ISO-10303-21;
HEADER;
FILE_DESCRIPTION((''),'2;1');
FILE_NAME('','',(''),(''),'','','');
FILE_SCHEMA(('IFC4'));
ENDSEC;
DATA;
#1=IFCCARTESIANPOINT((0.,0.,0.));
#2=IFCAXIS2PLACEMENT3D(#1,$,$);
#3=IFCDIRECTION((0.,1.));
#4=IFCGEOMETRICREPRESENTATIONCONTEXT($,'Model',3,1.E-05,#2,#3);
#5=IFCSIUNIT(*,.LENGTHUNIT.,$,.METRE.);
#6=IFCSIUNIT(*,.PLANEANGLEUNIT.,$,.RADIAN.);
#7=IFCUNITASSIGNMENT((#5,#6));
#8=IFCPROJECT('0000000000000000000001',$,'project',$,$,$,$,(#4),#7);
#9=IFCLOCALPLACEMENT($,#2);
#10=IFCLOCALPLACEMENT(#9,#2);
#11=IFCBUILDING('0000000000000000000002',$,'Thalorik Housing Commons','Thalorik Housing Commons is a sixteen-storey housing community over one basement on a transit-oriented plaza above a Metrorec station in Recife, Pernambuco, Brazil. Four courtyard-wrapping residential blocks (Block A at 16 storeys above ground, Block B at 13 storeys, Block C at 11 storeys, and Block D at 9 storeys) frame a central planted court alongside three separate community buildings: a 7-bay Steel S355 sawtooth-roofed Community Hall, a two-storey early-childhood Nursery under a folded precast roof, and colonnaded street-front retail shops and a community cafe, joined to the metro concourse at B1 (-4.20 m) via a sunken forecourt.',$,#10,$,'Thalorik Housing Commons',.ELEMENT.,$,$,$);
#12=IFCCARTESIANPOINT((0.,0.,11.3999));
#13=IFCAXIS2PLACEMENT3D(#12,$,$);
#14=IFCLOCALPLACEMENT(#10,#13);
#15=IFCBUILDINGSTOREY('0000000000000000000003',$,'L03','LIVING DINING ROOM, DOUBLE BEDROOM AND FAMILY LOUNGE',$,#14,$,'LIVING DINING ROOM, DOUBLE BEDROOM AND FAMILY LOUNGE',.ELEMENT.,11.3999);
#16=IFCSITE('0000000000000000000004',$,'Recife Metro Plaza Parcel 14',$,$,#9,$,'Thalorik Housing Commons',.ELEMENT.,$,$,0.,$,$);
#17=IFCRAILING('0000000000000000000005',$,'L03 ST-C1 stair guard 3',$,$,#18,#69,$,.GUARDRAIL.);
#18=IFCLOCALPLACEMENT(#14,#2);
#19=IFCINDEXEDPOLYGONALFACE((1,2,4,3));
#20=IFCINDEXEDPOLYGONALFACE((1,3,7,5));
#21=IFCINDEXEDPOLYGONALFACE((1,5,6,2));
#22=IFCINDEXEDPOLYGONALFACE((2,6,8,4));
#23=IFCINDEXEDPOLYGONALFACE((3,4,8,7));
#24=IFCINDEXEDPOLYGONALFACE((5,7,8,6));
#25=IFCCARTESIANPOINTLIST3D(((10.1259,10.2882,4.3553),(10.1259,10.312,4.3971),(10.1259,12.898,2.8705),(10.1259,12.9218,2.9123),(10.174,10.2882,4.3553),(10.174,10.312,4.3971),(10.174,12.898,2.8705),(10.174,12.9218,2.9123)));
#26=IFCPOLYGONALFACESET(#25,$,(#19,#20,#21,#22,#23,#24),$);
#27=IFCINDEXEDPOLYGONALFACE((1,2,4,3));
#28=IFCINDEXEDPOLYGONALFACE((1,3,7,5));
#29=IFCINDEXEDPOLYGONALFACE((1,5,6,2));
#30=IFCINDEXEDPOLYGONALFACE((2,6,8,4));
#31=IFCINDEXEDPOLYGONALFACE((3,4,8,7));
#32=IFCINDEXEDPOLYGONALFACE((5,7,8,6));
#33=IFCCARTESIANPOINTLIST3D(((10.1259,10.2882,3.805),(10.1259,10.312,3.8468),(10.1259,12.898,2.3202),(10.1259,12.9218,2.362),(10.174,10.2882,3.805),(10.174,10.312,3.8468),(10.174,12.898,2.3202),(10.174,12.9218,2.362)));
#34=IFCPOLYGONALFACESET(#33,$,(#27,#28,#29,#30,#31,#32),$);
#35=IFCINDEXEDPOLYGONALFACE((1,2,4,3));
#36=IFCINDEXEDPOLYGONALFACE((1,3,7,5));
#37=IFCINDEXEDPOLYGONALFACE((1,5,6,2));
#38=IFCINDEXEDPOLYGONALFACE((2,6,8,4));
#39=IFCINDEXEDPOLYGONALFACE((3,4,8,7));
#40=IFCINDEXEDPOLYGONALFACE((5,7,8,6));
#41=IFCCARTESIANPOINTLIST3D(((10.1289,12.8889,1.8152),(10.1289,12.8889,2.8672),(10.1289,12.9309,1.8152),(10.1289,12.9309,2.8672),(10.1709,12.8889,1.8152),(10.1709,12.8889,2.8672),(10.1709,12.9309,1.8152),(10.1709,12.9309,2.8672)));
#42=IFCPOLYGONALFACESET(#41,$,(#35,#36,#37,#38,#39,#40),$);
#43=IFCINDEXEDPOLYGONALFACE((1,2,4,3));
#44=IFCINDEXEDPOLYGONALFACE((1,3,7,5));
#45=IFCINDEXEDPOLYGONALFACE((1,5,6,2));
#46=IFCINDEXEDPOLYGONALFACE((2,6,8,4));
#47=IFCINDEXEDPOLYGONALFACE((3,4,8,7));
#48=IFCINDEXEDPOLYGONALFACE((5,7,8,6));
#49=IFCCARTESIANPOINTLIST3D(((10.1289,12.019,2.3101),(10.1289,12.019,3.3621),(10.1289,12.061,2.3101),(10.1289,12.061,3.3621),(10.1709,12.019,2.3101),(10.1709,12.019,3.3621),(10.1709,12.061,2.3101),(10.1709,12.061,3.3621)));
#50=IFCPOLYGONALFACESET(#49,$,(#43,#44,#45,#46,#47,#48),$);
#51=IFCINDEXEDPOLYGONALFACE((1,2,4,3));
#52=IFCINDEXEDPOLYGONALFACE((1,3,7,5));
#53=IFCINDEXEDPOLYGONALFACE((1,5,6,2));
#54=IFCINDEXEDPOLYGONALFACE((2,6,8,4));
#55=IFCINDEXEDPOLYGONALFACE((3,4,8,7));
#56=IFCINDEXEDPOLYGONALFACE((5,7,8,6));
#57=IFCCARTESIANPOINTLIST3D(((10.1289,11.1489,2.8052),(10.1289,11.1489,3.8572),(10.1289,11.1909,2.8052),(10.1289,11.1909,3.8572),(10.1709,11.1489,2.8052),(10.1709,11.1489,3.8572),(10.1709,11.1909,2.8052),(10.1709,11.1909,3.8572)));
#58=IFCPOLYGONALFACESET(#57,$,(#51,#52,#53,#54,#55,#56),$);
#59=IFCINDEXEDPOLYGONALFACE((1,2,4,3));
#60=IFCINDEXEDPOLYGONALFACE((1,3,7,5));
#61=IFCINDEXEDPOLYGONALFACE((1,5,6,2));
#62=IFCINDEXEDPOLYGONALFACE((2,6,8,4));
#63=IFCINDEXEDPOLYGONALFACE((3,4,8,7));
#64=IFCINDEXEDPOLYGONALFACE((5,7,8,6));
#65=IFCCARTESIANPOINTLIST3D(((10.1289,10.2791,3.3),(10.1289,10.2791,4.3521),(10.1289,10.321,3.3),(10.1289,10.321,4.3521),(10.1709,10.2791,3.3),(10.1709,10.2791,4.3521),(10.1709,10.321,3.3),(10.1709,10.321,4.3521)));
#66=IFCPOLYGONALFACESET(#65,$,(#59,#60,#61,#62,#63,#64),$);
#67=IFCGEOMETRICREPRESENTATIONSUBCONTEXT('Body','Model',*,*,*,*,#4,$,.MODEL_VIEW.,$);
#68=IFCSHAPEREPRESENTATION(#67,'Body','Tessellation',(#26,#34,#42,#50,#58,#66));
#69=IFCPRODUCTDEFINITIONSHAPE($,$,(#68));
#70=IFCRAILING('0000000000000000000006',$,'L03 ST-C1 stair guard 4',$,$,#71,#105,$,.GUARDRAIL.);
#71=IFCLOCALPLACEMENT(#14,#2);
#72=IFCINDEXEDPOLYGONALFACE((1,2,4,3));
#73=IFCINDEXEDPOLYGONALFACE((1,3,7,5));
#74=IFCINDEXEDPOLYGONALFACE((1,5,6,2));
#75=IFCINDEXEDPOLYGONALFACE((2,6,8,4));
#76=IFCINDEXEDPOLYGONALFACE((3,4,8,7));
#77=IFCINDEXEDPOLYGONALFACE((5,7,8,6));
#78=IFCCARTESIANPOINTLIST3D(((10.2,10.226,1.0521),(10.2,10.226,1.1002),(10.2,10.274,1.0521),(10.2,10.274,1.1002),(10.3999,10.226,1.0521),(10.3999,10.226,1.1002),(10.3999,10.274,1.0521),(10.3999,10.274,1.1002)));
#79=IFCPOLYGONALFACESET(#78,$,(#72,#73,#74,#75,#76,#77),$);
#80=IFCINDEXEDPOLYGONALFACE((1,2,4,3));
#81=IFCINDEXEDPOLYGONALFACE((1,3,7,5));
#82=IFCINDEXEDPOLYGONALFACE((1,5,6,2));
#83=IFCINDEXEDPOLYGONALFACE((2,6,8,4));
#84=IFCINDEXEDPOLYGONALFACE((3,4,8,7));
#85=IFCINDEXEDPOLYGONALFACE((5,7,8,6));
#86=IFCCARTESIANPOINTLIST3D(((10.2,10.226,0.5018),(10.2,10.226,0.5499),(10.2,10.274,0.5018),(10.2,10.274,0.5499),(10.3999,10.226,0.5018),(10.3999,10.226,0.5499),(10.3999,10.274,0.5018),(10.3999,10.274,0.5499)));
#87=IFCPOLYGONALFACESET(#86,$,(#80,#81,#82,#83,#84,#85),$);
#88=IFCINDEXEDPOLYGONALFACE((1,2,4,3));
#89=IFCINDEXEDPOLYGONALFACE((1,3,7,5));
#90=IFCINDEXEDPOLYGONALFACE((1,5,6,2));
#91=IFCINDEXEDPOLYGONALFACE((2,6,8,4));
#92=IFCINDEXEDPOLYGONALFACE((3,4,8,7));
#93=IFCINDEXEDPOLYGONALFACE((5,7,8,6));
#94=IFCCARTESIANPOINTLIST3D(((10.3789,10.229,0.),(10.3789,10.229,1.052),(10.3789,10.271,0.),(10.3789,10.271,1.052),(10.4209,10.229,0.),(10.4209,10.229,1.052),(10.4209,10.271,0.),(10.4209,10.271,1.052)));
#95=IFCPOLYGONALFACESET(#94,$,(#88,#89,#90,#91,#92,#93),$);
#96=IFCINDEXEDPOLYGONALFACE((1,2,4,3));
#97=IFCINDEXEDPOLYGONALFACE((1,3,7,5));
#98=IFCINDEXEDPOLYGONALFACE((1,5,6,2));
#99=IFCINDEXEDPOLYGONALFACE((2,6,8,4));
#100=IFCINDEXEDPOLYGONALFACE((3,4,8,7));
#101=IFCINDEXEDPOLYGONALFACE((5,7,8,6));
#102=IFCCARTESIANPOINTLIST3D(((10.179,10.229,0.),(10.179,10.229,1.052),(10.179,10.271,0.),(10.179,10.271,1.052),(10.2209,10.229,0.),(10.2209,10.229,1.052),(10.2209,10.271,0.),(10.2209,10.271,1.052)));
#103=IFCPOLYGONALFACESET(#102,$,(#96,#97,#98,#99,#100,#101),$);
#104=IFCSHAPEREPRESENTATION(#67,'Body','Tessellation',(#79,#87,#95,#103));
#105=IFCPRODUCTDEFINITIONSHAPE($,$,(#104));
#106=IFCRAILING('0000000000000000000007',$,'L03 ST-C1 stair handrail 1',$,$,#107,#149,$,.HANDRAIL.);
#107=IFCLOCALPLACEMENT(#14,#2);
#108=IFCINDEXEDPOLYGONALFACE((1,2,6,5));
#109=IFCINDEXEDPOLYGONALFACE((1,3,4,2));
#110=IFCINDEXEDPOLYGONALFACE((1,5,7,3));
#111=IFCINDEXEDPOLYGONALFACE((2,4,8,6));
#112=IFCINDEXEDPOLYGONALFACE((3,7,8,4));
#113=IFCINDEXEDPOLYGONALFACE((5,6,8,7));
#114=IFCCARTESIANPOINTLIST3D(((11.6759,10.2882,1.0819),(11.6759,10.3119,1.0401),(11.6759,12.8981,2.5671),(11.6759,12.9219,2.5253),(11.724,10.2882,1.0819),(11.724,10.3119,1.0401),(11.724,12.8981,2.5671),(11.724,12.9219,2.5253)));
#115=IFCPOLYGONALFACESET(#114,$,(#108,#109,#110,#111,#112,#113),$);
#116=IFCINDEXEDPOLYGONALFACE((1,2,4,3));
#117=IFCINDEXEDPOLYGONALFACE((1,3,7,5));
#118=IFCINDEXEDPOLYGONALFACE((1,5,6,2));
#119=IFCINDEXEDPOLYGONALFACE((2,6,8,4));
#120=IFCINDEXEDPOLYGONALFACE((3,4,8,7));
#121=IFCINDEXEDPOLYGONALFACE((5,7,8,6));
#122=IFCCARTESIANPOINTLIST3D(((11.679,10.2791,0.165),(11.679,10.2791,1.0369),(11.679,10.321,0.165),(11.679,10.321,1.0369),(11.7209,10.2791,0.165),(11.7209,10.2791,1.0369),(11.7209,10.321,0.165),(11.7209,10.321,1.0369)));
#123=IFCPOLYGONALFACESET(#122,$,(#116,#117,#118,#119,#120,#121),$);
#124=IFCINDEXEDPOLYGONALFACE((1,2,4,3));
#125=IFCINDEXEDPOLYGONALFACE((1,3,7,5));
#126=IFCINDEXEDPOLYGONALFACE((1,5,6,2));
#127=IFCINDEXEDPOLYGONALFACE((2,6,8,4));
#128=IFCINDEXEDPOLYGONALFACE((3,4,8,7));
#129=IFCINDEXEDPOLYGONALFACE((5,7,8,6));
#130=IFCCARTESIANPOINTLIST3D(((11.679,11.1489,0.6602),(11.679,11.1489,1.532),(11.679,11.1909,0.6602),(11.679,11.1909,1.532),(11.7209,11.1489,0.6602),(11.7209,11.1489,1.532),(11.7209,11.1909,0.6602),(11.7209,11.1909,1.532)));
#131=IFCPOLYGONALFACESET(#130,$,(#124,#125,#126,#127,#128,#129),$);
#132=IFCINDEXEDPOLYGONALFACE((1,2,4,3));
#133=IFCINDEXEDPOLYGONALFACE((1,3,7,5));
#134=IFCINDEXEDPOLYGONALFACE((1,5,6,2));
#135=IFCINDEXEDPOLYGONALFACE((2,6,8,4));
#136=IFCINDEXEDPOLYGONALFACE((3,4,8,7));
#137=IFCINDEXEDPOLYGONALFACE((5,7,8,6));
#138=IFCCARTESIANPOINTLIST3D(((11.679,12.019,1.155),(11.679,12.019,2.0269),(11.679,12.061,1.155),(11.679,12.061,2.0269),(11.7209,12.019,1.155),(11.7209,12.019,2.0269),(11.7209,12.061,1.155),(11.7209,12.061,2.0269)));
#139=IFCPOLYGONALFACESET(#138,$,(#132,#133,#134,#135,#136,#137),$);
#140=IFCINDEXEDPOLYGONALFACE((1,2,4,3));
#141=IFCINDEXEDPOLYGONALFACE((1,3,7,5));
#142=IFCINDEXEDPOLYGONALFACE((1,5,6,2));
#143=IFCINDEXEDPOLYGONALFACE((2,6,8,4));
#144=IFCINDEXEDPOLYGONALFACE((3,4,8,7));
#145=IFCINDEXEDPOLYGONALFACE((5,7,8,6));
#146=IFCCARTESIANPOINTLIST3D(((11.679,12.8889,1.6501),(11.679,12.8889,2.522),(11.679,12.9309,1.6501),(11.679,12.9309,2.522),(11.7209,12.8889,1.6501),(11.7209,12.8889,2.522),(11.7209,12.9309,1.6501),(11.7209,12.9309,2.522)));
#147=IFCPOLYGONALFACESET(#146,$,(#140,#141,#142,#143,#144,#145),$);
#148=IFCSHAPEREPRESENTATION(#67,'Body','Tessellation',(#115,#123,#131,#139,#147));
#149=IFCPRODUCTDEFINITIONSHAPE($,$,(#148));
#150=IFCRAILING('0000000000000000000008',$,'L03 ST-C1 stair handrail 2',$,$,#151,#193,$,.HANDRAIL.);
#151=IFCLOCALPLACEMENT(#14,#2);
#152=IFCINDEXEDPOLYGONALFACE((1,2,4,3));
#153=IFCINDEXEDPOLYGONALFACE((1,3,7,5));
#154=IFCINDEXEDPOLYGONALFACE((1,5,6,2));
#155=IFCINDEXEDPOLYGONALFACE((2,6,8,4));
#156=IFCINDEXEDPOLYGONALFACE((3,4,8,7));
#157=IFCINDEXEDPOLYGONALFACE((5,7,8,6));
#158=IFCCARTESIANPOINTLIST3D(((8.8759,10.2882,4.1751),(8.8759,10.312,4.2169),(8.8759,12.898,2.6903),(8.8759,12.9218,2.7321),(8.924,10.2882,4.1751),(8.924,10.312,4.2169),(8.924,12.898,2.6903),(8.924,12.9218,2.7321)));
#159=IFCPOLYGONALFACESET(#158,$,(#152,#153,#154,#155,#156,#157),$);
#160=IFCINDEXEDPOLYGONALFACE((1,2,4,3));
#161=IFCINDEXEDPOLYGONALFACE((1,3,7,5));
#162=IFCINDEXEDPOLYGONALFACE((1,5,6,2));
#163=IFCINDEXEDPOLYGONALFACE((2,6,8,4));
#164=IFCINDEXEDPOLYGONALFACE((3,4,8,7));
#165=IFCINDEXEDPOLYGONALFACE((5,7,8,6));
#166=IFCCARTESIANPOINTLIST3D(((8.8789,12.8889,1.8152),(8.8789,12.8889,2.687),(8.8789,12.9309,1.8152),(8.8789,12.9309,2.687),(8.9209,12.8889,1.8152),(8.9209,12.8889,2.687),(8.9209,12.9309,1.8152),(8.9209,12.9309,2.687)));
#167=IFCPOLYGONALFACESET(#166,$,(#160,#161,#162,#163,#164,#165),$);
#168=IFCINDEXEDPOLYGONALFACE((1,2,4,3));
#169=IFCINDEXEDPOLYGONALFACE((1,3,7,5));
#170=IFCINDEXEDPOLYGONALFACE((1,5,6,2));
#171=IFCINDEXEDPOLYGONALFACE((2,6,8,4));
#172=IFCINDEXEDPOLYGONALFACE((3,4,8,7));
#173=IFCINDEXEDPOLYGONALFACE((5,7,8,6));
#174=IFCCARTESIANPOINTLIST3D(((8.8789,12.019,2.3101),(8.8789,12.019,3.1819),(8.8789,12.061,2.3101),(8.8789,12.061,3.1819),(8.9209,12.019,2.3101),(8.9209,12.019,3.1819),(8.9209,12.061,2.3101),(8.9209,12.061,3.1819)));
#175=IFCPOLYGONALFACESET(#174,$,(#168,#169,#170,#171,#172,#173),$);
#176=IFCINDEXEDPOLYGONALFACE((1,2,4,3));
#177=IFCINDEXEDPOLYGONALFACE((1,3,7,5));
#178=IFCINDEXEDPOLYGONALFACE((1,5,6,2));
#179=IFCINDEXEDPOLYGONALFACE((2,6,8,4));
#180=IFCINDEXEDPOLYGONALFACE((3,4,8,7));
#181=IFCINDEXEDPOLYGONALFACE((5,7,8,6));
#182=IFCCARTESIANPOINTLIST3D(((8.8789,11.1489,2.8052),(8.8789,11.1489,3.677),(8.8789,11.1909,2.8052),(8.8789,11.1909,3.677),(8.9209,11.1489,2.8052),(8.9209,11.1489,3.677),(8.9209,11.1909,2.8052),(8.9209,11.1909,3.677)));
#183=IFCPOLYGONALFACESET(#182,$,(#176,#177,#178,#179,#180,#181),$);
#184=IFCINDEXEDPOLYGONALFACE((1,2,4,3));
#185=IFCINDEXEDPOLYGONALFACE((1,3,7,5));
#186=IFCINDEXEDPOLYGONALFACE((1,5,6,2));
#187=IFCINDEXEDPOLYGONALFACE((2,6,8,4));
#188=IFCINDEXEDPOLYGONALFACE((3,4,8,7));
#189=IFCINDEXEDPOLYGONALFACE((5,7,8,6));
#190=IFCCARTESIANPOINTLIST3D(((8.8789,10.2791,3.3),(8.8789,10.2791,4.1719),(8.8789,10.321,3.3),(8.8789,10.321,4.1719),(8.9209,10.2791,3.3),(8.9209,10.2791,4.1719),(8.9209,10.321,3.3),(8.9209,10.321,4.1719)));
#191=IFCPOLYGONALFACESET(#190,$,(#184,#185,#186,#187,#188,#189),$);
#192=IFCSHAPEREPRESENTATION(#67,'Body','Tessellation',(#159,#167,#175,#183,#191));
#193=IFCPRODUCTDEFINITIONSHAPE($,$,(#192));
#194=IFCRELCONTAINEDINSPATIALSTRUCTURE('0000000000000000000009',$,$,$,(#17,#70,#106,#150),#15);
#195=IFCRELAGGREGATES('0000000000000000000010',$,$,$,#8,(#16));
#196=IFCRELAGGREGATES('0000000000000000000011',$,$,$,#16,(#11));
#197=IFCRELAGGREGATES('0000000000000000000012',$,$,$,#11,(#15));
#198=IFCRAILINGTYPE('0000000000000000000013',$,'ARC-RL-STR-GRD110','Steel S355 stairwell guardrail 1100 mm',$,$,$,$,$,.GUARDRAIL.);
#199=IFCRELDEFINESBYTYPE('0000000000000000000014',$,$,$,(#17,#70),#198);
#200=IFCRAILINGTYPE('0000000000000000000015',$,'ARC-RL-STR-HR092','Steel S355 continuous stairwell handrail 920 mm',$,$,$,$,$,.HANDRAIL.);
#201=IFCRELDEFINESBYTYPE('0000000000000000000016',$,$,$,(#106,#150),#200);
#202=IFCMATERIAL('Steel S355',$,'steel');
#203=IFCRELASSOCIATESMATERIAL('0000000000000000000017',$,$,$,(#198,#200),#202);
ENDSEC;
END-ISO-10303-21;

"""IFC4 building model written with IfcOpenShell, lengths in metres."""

from ifc_helpers import new_model, si_unit, direction, frame, origin, origin_2d, place, context, subcontext, project, spatial, rectangle, extrude, material, type_object, element, save


model = new_model("IFC4")

# Units and contexts
model_context = context("Model", 3, precision=1e-05, world=origin(), true_north=direction((0.0, 1.0)))
body_context = subcontext(model_context, "Body", "Model", "MODEL_VIEW")
ifc_project = project(units=[si_unit("LENGTHUNIT", "METRE"), si_unit("PLANEANGLEUNIT", "RADIAN")], contexts=[model_context])

# Site, building, storey
site_placement = place(None, origin())
site = spatial("IfcSite", under=ifc_project, at=site_placement, Name="Recife Metro Plaza Parcel 14", LongName="Thalorik Housing Commons", CompositionType="ELEMENT", RefElevation=0.0)
building_placement = place(site_placement, origin())
building = spatial("IfcBuilding", under=site, at=building_placement, Name="Thalorik Housing Commons", Description="Thalorik Housing Commons is a sixteen-storey housing community over one basement on a transit-oriented plaza above a Metrorec station in Recife, Pernambuco, Brazil. Four courtyard-wrapping residential blocks (Block A at 16 storeys above ground, Block B at 13 storeys, Block C at 11 storeys, and Block D at 9 storeys) frame a central planted court alongside three separate community buildings: a 7-bay Steel S355 sawtooth-roofed Community Hall, a two-storey early-childhood Nursery under a folded precast roof, and colonnaded street-front retail shops and a community cafe, joined to the metro concourse at B1 (-4.20 m) via a sunken forecourt.", LongName="Thalorik Housing Commons", CompositionType="ELEMENT")
storey_placement = place(building_placement, frame((0.0, 0.0, 11.3999)))
storey = spatial("IfcBuildingStorey", under=building, at=storey_placement, Name="L03", Description="LIVING DINING ROOM, DOUBLE BEDROOM AND FAMILY LOUNGE", LongName="LIVING DINING ROOM, DOUBLE BEDROOM AND FAMILY LOUNGE", CompositionType="ELEMENT", Elevation=11.3999)

# Shared definitions
ifc_material_1 = material(Name="Steel S355", Category="steel")

# Railings
railing_type_1 = type_object("IfcRailingType", Name="ARC-RL-STR-GRD110", Description="Steel S355 stairwell guardrail 1100 mm", PredefinedType="GUARDRAIL", material=ifc_material_1)
railing_1_placement = place(storey_placement, frame((10.1499, 12.9099, 1.8152)))
element("IfcRailing", 1, at=railing_1_placement, inside=storey, type_object=railing_type_1, Name="L03 ST-C1 stair guard 3", PredefinedType="GUARDRAIL", context=body_context, shape_type="SweptSolid", body=[
    extrude(rectangle(XDim=0.0481, YDim=0.0481, at=origin_2d()), frame((0.0, 0.0, 1.0762), z_axis=(0.0, -0.869172, 0.494509), x_axis=(1.0, 0.0, 0.0)), (0.0, 0.0, 1.0), 3.0027),
    extrude(rectangle(XDim=0.0481, YDim=0.0481, at=origin_2d()), frame((0.0, 0.0, 0.5259), z_axis=(0.0, -0.869172, 0.494509), x_axis=(1.0, 0.0, 0.0)), (0.0, 0.0, 1.0), 3.0027),
    extrude(rectangle(XDim=0.042, YDim=0.042, at=origin_2d()), origin(), (0.0, 0.0, 1.0), 1.052),
    extrude(rectangle(XDim=0.042, YDim=0.042, at=origin_2d()), frame((0.0, -0.8699, 0.4949)), (0.0, 0.0, 1.0), 1.052),
    extrude(rectangle(XDim=0.042, YDim=0.042, at=origin_2d()), frame((0.0, -1.74, 0.99)), (0.0, 0.0, 1.0), 1.052),
    extrude(rectangle(XDim=0.042, YDim=0.042, at=origin_2d()), frame((0.0, -2.6099, 1.4849)), (0.0, 0.0, 1.0), 1.052),
])
railing_2_placement = place(storey_placement, frame((10.3999, 10.25, 0.0)))
element("IfcRailing", 2, at=railing_2_placement, inside=storey, type_object=railing_type_1, Name="L03 ST-C1 stair guard 4", PredefinedType="GUARDRAIL", context=body_context, shape_type="SweptSolid", body=[
    extrude(rectangle(XDim=0.0481, YDim=0.0481, at=origin_2d()), frame((0.0, 0.0, 1.0762), z_axis=(-1.0, 0.0, 0.0), x_axis=(0.0, -1.0, 0.0)), (0.0, 0.0, 1.0), 0.2),
    extrude(rectangle(XDim=0.0481, YDim=0.0481, at=origin_2d()), frame((0.0, 0.0, 0.5259), z_axis=(-1.0, 0.0, 0.0), x_axis=(0.0, -1.0, 0.0)), (0.0, 0.0, 1.0), 0.2),
    extrude(rectangle(XDim=0.042, YDim=0.042, at=origin_2d()), origin(), (0.0, 0.0, 1.0), 1.052),
    extrude(rectangle(XDim=0.042, YDim=0.042, at=origin_2d()), frame((-0.2, 0.0, 0.0)), (0.0, 0.0, 1.0), 1.052),
])
railing_type_2 = type_object("IfcRailingType", Name="ARC-RL-STR-HR092", Description="Steel S355 continuous stairwell handrail 920 mm", PredefinedType="HANDRAIL", material=ifc_material_1)
railing_3_placement = place(storey_placement, frame((11.7, 10.3, 0.165)))
element("IfcRailing", 3, at=railing_3_placement, inside=storey, type_object=railing_type_2, Name="L03 ST-C1 stair handrail 1", PredefinedType="HANDRAIL", context=body_context, shape_type="SweptSolid", body=[
    extrude(rectangle(XDim=0.0481, YDim=0.0481, at=origin_2d()), frame((0.0, 0.0, 0.896), z_axis=(0.0, 0.869137, 0.494571), x_axis=(-1.0, 0.0, 0.0)), (0.0, 0.0, 1.0), 3.0029),
    extrude(rectangle(XDim=0.042, YDim=0.042, at=origin_2d()), origin(), (0.0, 0.0, 1.0), 0.8718),
    extrude(rectangle(XDim=0.042, YDim=0.042, at=origin_2d()), frame((0.0, 0.8699, 0.4951)), (0.0, 0.0, 1.0), 0.8718),
    extrude(rectangle(XDim=0.042, YDim=0.042, at=origin_2d()), frame((0.0, 1.74, 0.99)), (0.0, 0.0, 1.0), 0.8718),
    extrude(rectangle(XDim=0.042, YDim=0.042, at=origin_2d()), frame((0.0, 2.6099, 1.4851)), (0.0, 0.0, 1.0), 0.8718),
])
railing_4_placement = place(storey_placement, frame((8.8999, 12.9099, 1.8152)))
element("IfcRailing", 4, at=railing_4_placement, inside=storey, type_object=railing_type_2, Name="L03 ST-C1 stair handrail 2", PredefinedType="HANDRAIL", context=body_context, shape_type="SweptSolid", body=[
    extrude(rectangle(XDim=0.0481, YDim=0.0481, at=origin_2d()), frame((0.0, 0.0, 0.896), z_axis=(0.0, -0.869172, 0.494509), x_axis=(1.0, 0.0, 0.0)), (0.0, 0.0, 1.0), 3.0027),
    extrude(rectangle(XDim=0.042, YDim=0.042, at=origin_2d()), origin(), (0.0, 0.0, 1.0), 0.8718),
    extrude(rectangle(XDim=0.042, YDim=0.042, at=origin_2d()), frame((0.0, -0.8699, 0.4949)), (0.0, 0.0, 1.0), 0.8718),
    extrude(rectangle(XDim=0.042, YDim=0.042, at=origin_2d()), frame((0.0, -1.74, 0.99)), (0.0, 0.0, 1.0), 0.8718),
    extrude(rectangle(XDim=0.042, YDim=0.042, at=origin_2d()), frame((0.0, -2.6099, 1.4849)), (0.0, 0.0, 1.0), 0.8718),
])

save(model, "model.ifc")
